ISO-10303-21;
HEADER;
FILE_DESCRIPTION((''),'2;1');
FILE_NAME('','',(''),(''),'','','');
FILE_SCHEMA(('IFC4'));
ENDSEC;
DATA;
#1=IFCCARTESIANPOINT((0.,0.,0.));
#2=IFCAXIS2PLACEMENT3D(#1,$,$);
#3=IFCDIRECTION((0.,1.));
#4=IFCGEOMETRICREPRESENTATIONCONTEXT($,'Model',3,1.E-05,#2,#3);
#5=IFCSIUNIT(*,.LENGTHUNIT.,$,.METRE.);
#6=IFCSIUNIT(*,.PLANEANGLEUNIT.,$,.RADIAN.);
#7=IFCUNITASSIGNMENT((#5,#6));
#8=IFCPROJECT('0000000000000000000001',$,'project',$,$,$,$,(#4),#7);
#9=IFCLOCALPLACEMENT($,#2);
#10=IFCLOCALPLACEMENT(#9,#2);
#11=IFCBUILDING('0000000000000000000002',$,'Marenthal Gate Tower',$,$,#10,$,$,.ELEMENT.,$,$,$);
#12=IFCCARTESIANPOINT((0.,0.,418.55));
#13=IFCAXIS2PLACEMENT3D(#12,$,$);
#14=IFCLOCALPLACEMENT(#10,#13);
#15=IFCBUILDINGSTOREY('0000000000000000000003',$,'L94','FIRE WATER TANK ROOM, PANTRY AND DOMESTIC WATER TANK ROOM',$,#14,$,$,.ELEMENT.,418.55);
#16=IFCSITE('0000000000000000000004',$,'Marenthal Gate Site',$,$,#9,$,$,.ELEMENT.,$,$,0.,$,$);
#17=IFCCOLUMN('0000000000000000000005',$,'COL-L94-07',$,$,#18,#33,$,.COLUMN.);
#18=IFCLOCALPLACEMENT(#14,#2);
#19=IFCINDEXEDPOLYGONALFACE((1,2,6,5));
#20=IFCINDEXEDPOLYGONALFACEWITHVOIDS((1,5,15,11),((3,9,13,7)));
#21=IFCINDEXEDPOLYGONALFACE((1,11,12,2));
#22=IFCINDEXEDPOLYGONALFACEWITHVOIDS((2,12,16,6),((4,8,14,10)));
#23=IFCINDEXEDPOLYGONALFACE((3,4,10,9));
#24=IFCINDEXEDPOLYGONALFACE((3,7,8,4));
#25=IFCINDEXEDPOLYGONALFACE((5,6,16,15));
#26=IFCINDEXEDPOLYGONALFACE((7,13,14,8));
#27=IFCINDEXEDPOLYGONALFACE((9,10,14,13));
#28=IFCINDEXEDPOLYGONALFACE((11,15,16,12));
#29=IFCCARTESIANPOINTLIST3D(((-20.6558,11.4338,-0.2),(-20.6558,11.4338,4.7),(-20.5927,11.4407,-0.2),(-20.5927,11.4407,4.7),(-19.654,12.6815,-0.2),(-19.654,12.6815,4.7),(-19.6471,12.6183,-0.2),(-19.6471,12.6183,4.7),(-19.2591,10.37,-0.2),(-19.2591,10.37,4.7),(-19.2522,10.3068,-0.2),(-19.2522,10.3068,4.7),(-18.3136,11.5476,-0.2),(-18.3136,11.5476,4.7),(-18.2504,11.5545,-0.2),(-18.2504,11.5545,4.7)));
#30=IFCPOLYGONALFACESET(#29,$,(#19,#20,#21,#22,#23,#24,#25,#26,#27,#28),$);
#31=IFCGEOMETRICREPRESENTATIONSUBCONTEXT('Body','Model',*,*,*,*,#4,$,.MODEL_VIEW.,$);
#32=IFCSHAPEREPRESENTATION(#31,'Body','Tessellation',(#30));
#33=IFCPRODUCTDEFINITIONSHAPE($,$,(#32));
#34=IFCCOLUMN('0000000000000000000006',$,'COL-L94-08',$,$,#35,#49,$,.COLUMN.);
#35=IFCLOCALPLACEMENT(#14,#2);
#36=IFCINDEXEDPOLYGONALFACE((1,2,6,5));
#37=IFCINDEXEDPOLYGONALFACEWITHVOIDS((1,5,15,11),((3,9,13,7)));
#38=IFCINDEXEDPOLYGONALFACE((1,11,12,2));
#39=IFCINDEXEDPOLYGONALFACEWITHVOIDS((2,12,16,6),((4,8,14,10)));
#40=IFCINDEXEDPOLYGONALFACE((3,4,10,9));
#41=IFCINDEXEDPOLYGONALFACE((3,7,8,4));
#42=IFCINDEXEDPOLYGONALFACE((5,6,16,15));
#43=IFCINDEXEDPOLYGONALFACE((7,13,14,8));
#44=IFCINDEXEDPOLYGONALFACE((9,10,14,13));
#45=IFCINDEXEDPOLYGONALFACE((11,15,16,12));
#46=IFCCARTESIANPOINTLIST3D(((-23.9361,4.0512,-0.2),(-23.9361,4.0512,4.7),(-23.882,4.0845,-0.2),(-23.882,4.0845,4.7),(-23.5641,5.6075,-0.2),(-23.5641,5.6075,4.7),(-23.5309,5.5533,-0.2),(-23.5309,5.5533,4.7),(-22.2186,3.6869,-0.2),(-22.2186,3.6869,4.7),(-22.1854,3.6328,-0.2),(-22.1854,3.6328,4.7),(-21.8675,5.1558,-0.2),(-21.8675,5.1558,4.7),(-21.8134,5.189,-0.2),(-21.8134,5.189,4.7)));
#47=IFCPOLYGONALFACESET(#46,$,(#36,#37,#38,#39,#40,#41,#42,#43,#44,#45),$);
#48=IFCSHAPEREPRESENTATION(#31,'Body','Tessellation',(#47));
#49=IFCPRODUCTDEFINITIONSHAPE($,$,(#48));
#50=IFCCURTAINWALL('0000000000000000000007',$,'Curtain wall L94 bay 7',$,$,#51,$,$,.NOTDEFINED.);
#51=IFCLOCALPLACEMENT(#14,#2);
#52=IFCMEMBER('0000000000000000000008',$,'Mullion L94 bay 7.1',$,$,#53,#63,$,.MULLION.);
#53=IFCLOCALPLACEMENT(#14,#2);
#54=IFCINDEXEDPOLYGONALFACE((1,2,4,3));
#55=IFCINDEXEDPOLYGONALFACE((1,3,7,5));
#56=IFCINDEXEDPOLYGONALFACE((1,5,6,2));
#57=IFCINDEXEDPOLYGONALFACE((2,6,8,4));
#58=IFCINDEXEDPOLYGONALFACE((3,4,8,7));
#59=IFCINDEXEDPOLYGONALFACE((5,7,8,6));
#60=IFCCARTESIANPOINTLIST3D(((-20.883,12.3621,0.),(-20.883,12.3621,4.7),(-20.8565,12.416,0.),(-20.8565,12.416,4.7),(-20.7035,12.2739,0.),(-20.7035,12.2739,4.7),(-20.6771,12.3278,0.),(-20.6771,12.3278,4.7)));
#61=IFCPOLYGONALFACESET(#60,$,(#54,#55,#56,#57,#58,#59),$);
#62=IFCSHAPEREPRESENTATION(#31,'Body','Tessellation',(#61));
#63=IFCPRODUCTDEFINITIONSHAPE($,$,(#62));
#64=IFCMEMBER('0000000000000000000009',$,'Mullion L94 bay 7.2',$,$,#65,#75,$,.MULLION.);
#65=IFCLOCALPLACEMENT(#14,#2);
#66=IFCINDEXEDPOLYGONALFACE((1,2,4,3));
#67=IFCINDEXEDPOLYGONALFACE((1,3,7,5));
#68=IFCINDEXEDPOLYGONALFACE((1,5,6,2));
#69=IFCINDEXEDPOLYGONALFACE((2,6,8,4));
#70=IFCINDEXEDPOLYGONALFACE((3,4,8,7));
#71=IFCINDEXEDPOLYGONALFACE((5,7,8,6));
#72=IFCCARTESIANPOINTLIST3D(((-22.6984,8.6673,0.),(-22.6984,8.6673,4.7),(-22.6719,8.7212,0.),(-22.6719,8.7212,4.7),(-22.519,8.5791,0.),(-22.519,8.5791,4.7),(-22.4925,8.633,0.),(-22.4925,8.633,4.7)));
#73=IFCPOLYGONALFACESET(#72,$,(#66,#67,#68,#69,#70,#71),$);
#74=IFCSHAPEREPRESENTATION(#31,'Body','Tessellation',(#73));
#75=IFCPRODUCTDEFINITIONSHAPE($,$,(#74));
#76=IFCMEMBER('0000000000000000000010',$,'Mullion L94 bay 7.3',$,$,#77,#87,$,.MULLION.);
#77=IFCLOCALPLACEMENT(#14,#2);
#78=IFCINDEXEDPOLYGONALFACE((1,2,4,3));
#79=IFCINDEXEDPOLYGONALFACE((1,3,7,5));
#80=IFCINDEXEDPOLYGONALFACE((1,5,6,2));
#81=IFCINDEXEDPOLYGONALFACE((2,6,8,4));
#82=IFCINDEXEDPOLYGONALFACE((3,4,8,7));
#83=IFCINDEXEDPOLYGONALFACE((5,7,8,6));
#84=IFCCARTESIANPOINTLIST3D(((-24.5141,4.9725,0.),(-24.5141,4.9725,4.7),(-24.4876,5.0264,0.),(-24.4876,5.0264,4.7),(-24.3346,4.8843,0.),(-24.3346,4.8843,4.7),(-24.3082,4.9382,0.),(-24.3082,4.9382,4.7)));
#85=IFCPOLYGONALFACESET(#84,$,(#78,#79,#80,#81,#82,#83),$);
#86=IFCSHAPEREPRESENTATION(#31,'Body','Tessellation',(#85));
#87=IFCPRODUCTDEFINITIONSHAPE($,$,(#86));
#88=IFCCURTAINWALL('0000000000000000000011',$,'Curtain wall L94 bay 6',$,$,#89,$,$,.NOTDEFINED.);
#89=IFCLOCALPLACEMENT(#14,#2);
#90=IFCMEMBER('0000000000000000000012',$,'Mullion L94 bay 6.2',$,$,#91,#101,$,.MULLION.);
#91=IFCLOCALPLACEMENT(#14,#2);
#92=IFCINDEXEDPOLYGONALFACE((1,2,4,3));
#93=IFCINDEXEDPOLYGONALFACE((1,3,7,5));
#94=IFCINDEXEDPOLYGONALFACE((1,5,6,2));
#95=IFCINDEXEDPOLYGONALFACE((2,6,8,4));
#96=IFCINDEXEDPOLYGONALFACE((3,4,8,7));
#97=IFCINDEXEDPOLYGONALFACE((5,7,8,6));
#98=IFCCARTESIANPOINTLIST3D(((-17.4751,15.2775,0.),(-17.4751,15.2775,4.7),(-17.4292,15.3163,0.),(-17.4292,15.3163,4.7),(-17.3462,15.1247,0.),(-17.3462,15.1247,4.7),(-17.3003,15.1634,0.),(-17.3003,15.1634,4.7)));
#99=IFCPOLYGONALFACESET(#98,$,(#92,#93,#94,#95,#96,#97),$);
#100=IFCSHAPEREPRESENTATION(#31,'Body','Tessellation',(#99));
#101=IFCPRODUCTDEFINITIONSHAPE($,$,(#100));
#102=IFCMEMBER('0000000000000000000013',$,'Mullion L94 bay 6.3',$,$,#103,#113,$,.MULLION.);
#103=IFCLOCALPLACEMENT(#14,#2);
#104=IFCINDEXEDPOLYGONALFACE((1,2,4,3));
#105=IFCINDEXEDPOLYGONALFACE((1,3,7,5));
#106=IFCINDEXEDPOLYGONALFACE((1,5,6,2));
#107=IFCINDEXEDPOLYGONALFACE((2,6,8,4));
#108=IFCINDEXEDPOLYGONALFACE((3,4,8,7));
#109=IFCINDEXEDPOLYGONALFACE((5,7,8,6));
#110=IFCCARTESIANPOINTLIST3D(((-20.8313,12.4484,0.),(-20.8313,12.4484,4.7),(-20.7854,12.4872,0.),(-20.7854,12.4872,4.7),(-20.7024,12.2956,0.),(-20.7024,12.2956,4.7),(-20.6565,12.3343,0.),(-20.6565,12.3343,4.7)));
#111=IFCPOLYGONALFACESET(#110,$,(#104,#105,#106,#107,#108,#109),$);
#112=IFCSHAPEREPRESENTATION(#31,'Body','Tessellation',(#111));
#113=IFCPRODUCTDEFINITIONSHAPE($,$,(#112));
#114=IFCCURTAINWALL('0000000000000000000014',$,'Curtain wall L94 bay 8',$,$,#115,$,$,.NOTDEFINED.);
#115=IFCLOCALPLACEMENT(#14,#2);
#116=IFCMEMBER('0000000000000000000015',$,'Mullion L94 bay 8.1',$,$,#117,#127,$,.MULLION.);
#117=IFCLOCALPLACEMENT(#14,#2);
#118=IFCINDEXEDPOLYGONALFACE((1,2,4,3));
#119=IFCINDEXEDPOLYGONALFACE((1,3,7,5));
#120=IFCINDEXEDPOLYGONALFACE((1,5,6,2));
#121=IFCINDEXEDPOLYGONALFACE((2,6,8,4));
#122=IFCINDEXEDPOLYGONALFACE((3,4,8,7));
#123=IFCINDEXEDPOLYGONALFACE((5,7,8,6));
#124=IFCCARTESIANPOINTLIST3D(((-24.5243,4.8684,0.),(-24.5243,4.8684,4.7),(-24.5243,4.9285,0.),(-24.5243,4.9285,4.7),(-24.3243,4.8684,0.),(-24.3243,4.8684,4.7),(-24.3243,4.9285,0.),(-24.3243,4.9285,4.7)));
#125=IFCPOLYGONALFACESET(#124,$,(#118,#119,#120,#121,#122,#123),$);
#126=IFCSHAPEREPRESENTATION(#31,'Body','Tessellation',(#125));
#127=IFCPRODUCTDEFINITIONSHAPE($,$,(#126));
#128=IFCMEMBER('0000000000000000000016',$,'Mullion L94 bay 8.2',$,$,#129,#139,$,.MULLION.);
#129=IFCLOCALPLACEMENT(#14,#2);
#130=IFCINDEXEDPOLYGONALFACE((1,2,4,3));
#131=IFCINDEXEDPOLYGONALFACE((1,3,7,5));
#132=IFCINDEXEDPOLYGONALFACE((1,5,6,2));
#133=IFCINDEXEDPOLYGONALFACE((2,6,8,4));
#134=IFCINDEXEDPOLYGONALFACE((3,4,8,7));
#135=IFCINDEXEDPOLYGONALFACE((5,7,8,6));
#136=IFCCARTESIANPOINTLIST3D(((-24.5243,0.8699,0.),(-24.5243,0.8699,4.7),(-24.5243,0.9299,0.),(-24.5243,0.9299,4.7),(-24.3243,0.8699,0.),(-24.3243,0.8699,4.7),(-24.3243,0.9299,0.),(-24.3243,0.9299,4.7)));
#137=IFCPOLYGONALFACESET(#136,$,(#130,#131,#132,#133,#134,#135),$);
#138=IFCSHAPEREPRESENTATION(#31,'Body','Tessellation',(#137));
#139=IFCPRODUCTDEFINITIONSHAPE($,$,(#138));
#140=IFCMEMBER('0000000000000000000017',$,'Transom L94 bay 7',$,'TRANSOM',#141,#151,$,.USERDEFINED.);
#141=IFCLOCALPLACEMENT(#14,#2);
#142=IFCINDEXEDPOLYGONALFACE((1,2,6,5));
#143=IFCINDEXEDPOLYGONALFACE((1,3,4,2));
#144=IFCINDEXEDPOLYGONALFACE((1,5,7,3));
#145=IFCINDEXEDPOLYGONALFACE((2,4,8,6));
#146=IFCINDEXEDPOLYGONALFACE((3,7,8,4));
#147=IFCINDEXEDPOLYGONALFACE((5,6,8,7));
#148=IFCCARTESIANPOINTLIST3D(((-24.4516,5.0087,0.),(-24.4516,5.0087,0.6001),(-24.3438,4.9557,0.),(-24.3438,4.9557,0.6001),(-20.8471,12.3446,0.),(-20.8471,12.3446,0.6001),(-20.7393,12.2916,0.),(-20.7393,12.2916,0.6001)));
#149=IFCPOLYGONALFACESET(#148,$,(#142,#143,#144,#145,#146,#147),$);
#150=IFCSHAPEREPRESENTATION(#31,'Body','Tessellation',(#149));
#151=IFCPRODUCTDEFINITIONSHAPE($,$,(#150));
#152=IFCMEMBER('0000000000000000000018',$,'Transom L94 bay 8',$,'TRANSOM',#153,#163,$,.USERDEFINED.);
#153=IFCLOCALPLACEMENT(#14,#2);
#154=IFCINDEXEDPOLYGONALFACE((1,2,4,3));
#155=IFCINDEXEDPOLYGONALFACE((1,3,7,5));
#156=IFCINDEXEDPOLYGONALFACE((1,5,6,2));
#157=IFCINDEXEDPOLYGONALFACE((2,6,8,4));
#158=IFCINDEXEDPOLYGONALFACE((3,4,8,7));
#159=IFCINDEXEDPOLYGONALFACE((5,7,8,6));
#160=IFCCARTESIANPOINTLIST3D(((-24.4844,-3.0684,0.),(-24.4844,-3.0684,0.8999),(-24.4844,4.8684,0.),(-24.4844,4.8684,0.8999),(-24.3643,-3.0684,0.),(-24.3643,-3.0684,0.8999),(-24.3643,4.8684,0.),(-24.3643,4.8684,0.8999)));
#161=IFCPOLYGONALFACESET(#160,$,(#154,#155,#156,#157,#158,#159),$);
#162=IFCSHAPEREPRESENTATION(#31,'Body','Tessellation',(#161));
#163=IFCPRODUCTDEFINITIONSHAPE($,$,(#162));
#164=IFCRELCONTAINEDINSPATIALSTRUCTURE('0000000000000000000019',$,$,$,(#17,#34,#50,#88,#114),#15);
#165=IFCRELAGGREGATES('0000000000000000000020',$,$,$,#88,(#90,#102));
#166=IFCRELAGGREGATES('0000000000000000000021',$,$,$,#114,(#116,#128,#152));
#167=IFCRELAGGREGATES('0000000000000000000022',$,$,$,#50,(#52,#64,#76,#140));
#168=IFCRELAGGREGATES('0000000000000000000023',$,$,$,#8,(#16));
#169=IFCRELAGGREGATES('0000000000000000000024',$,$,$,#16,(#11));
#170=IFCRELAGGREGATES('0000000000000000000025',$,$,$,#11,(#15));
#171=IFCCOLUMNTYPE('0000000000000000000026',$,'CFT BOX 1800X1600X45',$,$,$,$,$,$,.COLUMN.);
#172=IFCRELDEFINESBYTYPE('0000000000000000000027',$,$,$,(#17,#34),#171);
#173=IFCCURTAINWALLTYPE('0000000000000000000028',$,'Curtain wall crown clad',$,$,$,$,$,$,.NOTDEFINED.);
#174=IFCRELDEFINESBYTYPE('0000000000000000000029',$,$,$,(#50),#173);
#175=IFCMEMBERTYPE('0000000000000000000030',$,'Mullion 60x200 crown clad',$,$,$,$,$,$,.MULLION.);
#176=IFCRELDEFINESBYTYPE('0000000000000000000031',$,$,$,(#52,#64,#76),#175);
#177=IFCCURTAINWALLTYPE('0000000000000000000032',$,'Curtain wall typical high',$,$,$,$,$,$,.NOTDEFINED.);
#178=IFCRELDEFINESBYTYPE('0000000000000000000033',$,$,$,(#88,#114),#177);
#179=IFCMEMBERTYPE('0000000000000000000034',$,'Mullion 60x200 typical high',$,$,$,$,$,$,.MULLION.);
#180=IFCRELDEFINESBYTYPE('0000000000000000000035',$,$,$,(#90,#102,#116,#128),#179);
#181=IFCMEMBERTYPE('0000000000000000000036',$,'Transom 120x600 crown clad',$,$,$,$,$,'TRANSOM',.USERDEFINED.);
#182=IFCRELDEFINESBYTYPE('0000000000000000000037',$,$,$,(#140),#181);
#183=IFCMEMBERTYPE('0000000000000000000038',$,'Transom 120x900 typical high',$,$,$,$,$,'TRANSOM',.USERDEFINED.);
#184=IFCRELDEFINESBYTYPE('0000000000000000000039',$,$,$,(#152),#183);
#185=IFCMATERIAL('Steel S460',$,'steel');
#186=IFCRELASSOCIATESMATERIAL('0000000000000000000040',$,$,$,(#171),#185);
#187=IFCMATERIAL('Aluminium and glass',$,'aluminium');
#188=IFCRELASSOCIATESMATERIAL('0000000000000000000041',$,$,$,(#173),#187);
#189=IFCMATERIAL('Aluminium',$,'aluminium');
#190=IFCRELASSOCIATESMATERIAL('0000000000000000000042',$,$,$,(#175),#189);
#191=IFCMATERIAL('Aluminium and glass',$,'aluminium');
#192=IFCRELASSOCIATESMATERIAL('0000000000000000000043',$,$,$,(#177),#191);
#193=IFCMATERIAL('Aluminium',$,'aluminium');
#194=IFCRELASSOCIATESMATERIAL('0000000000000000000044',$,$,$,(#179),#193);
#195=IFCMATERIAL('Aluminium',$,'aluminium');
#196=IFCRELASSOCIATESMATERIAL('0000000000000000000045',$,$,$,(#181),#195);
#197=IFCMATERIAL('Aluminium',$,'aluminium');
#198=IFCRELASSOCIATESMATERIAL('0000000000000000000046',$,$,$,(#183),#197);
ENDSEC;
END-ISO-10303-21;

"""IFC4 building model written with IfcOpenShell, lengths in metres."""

from ifc_helpers import new_model, si_unit, direction, frame, origin, origin_2d, place, context, subcontext, project, spatial, rectangle, hollow_rectangle, extrude, material, material_profile, profile_set, type_object, element, aggregate, save


model = new_model("IFC4")

# Units and contexts
model_context = context("Model", 3, precision=1e-05, world=origin(), true_north=direction((0.0, 1.0)))
body_context = subcontext(model_context, "Body", "Model", "MODEL_VIEW")
ifc_project = project(units=[si_unit("LENGTHUNIT", "METRE"), si_unit("PLANEANGLEUNIT", "RADIAN")], contexts=[model_context])

# Site, building, storey
site_placement = place(None, origin())
site = spatial("IfcSite", under=ifc_project, at=site_placement, Name="Marenthal Gate Site", CompositionType="ELEMENT", RefElevation=0.0)
building_placement = place(site_placement, origin())
building = spatial("IfcBuilding", under=site, at=building_placement, Name="Marenthal Gate Tower", CompositionType="ELEMENT")
storey_placement = place(building_placement, frame((0.0, 0.0, 418.55)))
storey = spatial("IfcBuildingStorey", under=building, at=storey_placement, Name="L94", Description="FIRE WATER TANK ROOM, PANTRY AND DOMESTIC WATER TANK ROOM", CompositionType="ELEMENT", Elevation=418.55)

# Columns
ifc_material_1 = material(Name="Steel S460", Category="steel")
ifc_material_profile_1 = material_profile(ifc_material_1, hollow_rectangle(XDim=1.6001, YDim=1.8, WallThickness=0.0449, at=origin_2d()), Name="CFT BOX 1800X1600X45")
ifc_material_2 = material(Name="Concrete 70 MPa", Category="concrete")
ifc_material_profile_2 = material_profile(ifc_material_2, rectangle(XDim=1.51, YDim=1.71, at=origin_2d()), Name="CFT BOX 1800X1600X45 INFILL")
ifc_profile_set_1 = profile_set([ifc_material_profile_1, ifc_material_profile_2], Name="Steel S460 shell, Concrete 70 MPa infill")
column_type = type_object("IfcColumnType", Name="CFT BOX 1800X1600X45", PredefinedType="COLUMN", material=ifc_profile_set_1)
for number, where, z_axis, x_axis, name in (
    (1, (-19.4531, 11.4941, -0.2), (0.0, 0.0, 1.0), (0.626094, 0.779748, 0.0), "COL-L94-07"),
    (2, (-22.8748, 4.6201, -0.2), (0.0, 0.0, 1.0), (0.232481, 0.972601, 0.0), "COL-L94-08"),
):
    element("IfcColumn", number, at=place(storey_placement, frame(where, z_axis=z_axis, x_axis=x_axis)), inside=storey, type_object=column_type, Name=name, PredefinedType="COLUMN", context=body_context, shape_type="SweptSolid", body=[
        extrude(hollow_rectangle(XDim=1.6001, YDim=1.8, WallThickness=0.0449, at=origin_2d()), origin(), (0.0, 0.0, 1.0), 4.8999),
    ])

# Curtain walls, members
ifc_material_3 = material(Name="Aluminium and glass", Category="aluminium")
curtain_wall_type_1 = type_object("IfcCurtainWallType", Name="Curtain wall crown clad", PredefinedType="NOTDEFINED", material=ifc_material_3)
curtain_wall_1_placement = place(storey_placement, origin())
curtain_wall_1 = element("IfcCurtainWall", 3, at=curtain_wall_1_placement, inside=storey, type_object=curtain_wall_type_1, Name="Curtain wall L94 bay 7", PredefinedType="NOTDEFINED")
ifc_material_4 = material(Name="Aluminium", Category="aluminium")
ifc_material_profile_3 = material_profile(ifc_material_4, rectangle(XDim=0.2, YDim=0.0601, at=origin_2d()), Name="60x200 aluminium mullion")
ifc_profile_set_2 = profile_set([ifc_material_profile_3], Name="Aluminium")
member_type_1 = type_object("IfcMemberType", Name="Mullion 60x200 crown clad", PredefinedType="MULLION", material=ifc_profile_set_2)
member_1_placement = place(storey_placement, frame((-20.78, 12.345, 0.0), z_axis=(0.0, 0.0, 1.0), x_axis=(0.897507, -0.441001, 0.0)))
member_1 = element("IfcMember", 4, at=member_1_placement, type_object=member_type_1, Name="Mullion L94 bay 7.1", PredefinedType="MULLION", context=body_context, shape_type="SweptSolid", body=[
    extrude(rectangle(XDim=0.2, YDim=0.0601, at=origin_2d()), origin(), (0.0, 0.0, 1.0), 4.7),
])
member_2_placement = place(storey_placement, frame((-22.5955, 8.6501, 0.0), z_axis=(0.0, 0.0, 1.0), x_axis=(0.897507, -0.441001, 0.0)))
member_2 = element("IfcMember", 5, at=member_2_placement, type_object=member_type_1, Name="Mullion L94 bay 7.2", PredefinedType="MULLION", context=body_context, shape_type="SweptSolid", body=[
    extrude(rectangle(XDim=0.2, YDim=0.0601, at=origin_2d()), origin(), (0.0, 0.0, 1.0), 4.7),
])
member_3_placement = place(storey_placement, frame((-24.4111, 4.9553, 0.0), z_axis=(0.0, 0.0, 1.0), x_axis=(0.897507, -0.441001, 0.0)))
member_3 = element("IfcMember", 6, at=member_3_placement, type_object=member_type_1, Name="Mullion L94 bay 7.3", PredefinedType="MULLION", context=body_context, shape_type="SweptSolid", body=[
    extrude(rectangle(XDim=0.2, YDim=0.0601, at=origin_2d()), origin(), (0.0, 0.0, 1.0), 4.7),
])
ifc_material_5 = material(Name="Aluminium and glass", Category="aluminium")
curtain_wall_type_2 = type_object("IfcCurtainWallType", Name="Curtain wall typical high", PredefinedType="NOTDEFINED", material=ifc_material_5)
curtain_wall_2_placement = place(storey_placement, origin())
curtain_wall_2 = element("IfcCurtainWall", 7, at=curtain_wall_2_placement, inside=storey, type_object=curtain_wall_type_2, Name="Curtain wall L94 bay 6", PredefinedType="NOTDEFINED")
ifc_material_6 = material(Name="Aluminium", Category="aluminium")
ifc_material_profile_4 = material_profile(ifc_material_6, rectangle(XDim=0.2, YDim=0.0601, at=origin_2d()), Name="60x200 aluminium mullion")
ifc_profile_set_3 = profile_set([ifc_material_profile_4], Name="Aluminium")
member_type_2 = type_object("IfcMemberType", Name="Mullion 60x200 typical high", PredefinedType="MULLION", material=ifc_profile_set_3)
member_4_placement = place(storey_placement, frame((-17.3877, 15.2205, 0.0), z_axis=(0.0, 0.0, 1.0), x_axis=(0.644531, -0.764578, 0.0)))
member_4 = element("IfcMember", 8, at=member_4_placement, type_object=member_type_2, Name="Mullion L94 bay 6.2", PredefinedType="MULLION", context=body_context, shape_type="SweptSolid", body=[
    extrude(rectangle(XDim=0.2, YDim=0.0601, at=origin_2d()), origin(), (0.0, 0.0, 1.0), 4.7),
])
member_5_placement = place(storey_placement, frame((-20.7439, 12.3914, 0.0), z_axis=(0.0, 0.0, 1.0), x_axis=(0.644531, -0.764578, 0.0)))
member_5 = element("IfcMember", 9, at=member_5_placement, type_object=member_type_2, Name="Mullion L94 bay 6.3", PredefinedType="MULLION", context=body_context, shape_type="SweptSolid", body=[
    extrude(rectangle(XDim=0.2, YDim=0.0601, at=origin_2d()), origin(), (0.0, 0.0, 1.0), 4.7),
])
curtain_wall_3_placement = place(storey_placement, origin())
curtain_wall_3 = element("IfcCurtainWall", 10, at=curtain_wall_3_placement, inside=storey, type_object=curtain_wall_type_2, Name="Curtain wall L94 bay 8", PredefinedType="NOTDEFINED")
member_6_placement = place(storey_placement, frame((-24.4243, 4.8984, 0.0), z_axis=(0.0, 0.0, 1.0), x_axis=(1.0, 0.0, 0.0)))
member_6 = element("IfcMember", 11, at=member_6_placement, type_object=member_type_2, Name="Mullion L94 bay 8.1", PredefinedType="MULLION", context=body_context, shape_type="SweptSolid", body=[
    extrude(rectangle(XDim=0.2, YDim=0.0601, at=origin_2d()), origin(), (0.0, 0.0, 1.0), 4.7),
])
member_7_placement = place(storey_placement, frame((-24.4243, 0.8999, 0.0), z_axis=(0.0, 0.0, 1.0), x_axis=(1.0, 0.0, 0.0)))
member_7 = element("IfcMember", 12, at=member_7_placement, type_object=member_type_2, Name="Mullion L94 bay 8.2", PredefinedType="MULLION", context=body_context, shape_type="SweptSolid", body=[
    extrude(rectangle(XDim=0.2, YDim=0.0601, at=origin_2d()), origin(), (0.0, 0.0, 1.0), 4.7),
])

# Members
ifc_material_7 = material(Name="Aluminium", Category="aluminium")
ifc_material_profile_5 = material_profile(ifc_material_7, rectangle(XDim=0.1201, YDim=0.6001, at=origin_2d()), Name="120x600 aluminium transom")
ifc_profile_set_4 = profile_set([ifc_material_profile_5], Name="Aluminium")
member_type_3 = type_object("IfcMemberType", Name="Transom 120x600 crown clad", ElementType="TRANSOM", PredefinedType="USERDEFINED", material=ifc_profile_set_4)
member_8_placement = place(storey_placement, frame((-20.7932, 12.3181, 0.3), z_axis=(-0.44099, -0.897512, 0.0), x_axis=(0.897512, -0.44099, 0.0)))
member_8 = element("IfcMember", 13, at=member_8_placement, type_object=member_type_3, Name="Transom L94 bay 7", ObjectType="TRANSOM", PredefinedType="USERDEFINED", context=body_context, shape_type="SweptSolid", body=[
    extrude(rectangle(XDim=0.1201, YDim=0.6001, at=origin_2d()), origin(), (0.0, 0.0, 1.0), 8.1736),
])
ifc_material_8 = material(Name="Aluminium", Category="aluminium")
ifc_material_profile_6 = material_profile(ifc_material_8, rectangle(XDim=0.1201, YDim=0.8999, at=origin_2d()), Name="120x900 aluminium transom")
ifc_profile_set_5 = profile_set([ifc_material_profile_6], Name="Aluminium")
member_type_4 = type_object("IfcMemberType", Name="Transom 120x900 typical high", ElementType="TRANSOM", PredefinedType="USERDEFINED", material=ifc_profile_set_5)
member_9_placement = place(storey_placement, frame((-24.4243, 4.8684, 0.45), z_axis=(0.0, -1.0, 0.0), x_axis=(1.0, 0.0, 0.0)))
member_9 = element("IfcMember", 14, at=member_9_placement, type_object=member_type_4, Name="Transom L94 bay 8", ObjectType="TRANSOM", PredefinedType="USERDEFINED", context=body_context, shape_type="SweptSolid", body=[
    extrude(rectangle(XDim=0.1201, YDim=0.8999, at=origin_2d()), origin(), (0.0, 0.0, 1.0), 7.9368),
])

aggregate(curtain_wall_2, [member_4, member_5])
aggregate(curtain_wall_3, [member_6, member_7, member_9])
aggregate(curtain_wall_1, [member_1, member_2, member_3, member_8])

save(model, "model.ifc")
